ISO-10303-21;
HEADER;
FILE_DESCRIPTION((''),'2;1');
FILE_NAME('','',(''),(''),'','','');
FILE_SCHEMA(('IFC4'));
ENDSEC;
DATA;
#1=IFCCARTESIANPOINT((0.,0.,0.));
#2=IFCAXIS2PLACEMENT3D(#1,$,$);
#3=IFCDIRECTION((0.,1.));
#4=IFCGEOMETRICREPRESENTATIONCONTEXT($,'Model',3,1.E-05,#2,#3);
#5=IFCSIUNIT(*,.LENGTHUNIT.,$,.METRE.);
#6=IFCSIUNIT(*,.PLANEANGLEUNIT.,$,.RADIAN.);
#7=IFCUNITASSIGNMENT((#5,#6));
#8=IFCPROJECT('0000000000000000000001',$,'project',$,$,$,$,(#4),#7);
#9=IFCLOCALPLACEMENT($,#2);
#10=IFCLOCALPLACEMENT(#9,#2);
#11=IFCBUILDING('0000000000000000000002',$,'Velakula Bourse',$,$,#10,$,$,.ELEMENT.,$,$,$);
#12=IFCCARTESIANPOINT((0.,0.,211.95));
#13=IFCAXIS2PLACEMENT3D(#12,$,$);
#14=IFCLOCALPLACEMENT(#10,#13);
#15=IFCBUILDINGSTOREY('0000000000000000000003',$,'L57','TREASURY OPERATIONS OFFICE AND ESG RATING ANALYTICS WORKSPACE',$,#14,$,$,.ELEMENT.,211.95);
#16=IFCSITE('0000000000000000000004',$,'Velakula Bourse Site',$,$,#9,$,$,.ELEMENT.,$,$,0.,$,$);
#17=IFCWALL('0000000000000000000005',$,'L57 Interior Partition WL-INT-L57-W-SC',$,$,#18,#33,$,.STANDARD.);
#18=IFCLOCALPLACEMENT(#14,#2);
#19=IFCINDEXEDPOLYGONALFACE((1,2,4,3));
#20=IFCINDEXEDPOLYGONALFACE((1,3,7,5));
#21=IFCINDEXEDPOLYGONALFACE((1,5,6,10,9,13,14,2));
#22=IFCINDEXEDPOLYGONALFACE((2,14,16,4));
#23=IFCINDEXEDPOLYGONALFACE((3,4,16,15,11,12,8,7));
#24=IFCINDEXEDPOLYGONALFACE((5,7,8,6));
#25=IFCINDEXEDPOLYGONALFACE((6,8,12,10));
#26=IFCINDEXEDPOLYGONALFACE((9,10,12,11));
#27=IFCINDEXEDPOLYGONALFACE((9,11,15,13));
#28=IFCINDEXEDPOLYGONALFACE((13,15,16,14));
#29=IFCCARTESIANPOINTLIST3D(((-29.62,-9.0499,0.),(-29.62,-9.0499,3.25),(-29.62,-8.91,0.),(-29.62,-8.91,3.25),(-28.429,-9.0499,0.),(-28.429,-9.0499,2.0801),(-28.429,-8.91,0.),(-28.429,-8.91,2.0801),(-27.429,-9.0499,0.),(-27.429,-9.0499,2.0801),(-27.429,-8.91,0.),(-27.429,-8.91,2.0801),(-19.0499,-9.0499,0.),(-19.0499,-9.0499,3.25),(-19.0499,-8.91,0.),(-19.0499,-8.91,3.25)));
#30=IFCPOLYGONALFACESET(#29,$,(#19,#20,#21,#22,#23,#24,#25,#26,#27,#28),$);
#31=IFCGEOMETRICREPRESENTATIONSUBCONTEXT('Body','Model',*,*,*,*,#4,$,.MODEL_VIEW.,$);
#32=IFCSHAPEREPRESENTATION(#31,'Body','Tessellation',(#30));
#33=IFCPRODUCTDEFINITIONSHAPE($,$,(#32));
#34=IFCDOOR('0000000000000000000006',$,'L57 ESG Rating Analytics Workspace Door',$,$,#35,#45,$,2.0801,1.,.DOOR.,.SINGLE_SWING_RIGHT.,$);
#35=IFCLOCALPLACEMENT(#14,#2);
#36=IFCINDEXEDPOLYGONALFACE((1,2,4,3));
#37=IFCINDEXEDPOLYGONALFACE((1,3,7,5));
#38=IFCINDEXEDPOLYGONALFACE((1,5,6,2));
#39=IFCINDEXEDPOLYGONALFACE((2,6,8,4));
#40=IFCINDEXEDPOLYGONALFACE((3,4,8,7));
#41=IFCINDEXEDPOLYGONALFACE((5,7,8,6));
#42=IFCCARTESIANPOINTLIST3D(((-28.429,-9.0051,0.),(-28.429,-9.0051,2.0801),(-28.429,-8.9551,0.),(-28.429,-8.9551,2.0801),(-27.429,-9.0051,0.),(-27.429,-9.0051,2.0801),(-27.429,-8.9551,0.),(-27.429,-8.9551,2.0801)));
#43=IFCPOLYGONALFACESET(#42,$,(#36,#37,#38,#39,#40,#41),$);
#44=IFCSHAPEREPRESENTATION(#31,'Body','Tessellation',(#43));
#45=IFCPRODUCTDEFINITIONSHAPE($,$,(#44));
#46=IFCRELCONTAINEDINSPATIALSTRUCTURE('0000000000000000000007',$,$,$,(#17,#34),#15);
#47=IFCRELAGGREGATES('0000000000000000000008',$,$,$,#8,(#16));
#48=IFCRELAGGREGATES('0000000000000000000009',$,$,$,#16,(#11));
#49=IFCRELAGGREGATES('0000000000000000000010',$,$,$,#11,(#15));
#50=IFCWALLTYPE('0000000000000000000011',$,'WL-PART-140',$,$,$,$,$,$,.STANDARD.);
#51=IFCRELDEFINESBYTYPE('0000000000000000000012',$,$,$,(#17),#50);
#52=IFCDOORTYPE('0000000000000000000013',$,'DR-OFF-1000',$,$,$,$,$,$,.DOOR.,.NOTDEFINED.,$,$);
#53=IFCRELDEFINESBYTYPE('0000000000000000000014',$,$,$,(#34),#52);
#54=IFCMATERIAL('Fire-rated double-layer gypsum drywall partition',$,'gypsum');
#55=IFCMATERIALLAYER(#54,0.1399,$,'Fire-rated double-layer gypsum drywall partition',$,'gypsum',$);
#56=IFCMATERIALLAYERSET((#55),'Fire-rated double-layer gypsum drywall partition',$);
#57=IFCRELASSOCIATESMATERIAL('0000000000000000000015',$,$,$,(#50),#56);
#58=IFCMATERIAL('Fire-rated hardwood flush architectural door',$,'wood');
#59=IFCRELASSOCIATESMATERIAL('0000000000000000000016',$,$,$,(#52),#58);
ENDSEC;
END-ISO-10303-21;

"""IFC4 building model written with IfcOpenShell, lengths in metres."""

from ifc_helpers import new_model, si_unit, direction, frame, frame_2d, origin, place, context, subcontext, project, spatial, rectangle, extrude, material, layer, layer_set, type_object, element, fill, save


model = new_model("IFC4")

# Units and contexts
model_context = context("Model", 3, precision=1e-05, world=origin(), true_north=direction((0.0, 1.0)))
body_context = subcontext(model_context, "Body", "Model", "MODEL_VIEW")
ifc_project = project(units=[si_unit("LENGTHUNIT", "METRE"), si_unit("PLANEANGLEUNIT", "RADIAN")], contexts=[model_context])

# Site, building, storey
site_placement = place(None, origin())
site = spatial("IfcSite", under=ifc_project, at=site_placement, Name="Velakula Bourse Site", CompositionType="ELEMENT", RefElevation=0.0)
building_placement = place(site_placement, origin())
building = spatial("IfcBuilding", under=site, at=building_placement, Name="Velakula Bourse", CompositionType="ELEMENT")
storey_placement = place(building_placement, frame((0.0, 0.0, 211.95)))
storey = spatial("IfcBuildingStorey", under=building, at=storey_placement, Name="L57", Description="TREASURY OPERATIONS OFFICE AND ESG RATING ANALYTICS WORKSPACE", CompositionType="ELEMENT", Elevation=211.95)

# Shared definitions
ifc_material_1 = material(Name="Fire-rated double-layer gypsum drywall partition", Category="gypsum")
ifc_layer_1 = layer(ifc_material_1, 0.1399, Name="Fire-rated double-layer gypsum drywall partition", Category="gypsum")
ifc_layer_set_1 = layer_set([ifc_layer_1], Name="Fire-rated double-layer gypsum drywall partition")
wall_type_1 = type_object("IfcWallType", Name="WL-PART-140", PredefinedType="STANDARD", material=ifc_layer_set_1)
ifc_material_2 = material(Name="Fire-rated hardwood flush architectural door", Category="wood")
door_type_1 = type_object("IfcDoorType", Name="DR-OFF-1000", OperationType="NOTDEFINED", PredefinedType="DOOR", material=ifc_material_2)

# Wall, opening, door
wall_1_placement = place(storey_placement, frame((-29.6201, -8.98, 0.0), z_axis=(0.0, 0.0, 1.0), x_axis=(1.0, 0.0, 0.0)))
wall_1 = element("IfcWall", 1, at=wall_1_placement, inside=storey, type_object=wall_type_1, Name="L57 Interior Partition WL-INT-L57-W-SC", PredefinedType="STANDARD", context=body_context, shape_type="SweptSolid", body=[
    extrude(rectangle(XDim=10.5701, YDim=0.1399, at=frame_2d((5.2852, 0.0))), origin(), (0.0, 0.0, 1.0), 3.25),
])
opening_1_placement = place(wall_1_placement, frame((1.1912, 0.0, 0.0)))
opening_1 = element("IfcOpeningElement", 2, at=opening_1_placement, cuts=wall_1, PredefinedType="OPENING", context=body_context, shape_type="SweptSolid", body=[
    extrude(rectangle(XDim=1.0, YDim=2.0801, at=frame_2d((0.5, 1.04))), frame((0.0, 0.0798, 0.0), z_axis=(0.0, -1.0, 0.0), x_axis=(1.0, 0.0, 0.0)), (0.0, 0.0, 1.0), 0.1599),
])
door_1_placement = place(opening_1_placement, origin())
door_1 = element("IfcDoor", 3, at=door_1_placement, inside=storey, type_object=door_type_1, Name="L57 ESG Rating Analytics Workspace Door", OperationType="SINGLE_SWING_RIGHT", OverallHeight=2.0801, OverallWidth=1.0, PredefinedType="DOOR", context=body_context, shape_type="SweptSolid", body=[
    extrude(rectangle(XDim=1.0, YDim=2.0801, at=frame_2d((0.5, 1.04))), frame((0.0, 0.0249, 0.0), z_axis=(0.0, -1.0, 0.0), x_axis=(1.0, 0.0, 0.0)), (0.0, 0.0, 1.0), 0.05),
])
fill(opening_1, door_1)

save(model, "model.ifc")
